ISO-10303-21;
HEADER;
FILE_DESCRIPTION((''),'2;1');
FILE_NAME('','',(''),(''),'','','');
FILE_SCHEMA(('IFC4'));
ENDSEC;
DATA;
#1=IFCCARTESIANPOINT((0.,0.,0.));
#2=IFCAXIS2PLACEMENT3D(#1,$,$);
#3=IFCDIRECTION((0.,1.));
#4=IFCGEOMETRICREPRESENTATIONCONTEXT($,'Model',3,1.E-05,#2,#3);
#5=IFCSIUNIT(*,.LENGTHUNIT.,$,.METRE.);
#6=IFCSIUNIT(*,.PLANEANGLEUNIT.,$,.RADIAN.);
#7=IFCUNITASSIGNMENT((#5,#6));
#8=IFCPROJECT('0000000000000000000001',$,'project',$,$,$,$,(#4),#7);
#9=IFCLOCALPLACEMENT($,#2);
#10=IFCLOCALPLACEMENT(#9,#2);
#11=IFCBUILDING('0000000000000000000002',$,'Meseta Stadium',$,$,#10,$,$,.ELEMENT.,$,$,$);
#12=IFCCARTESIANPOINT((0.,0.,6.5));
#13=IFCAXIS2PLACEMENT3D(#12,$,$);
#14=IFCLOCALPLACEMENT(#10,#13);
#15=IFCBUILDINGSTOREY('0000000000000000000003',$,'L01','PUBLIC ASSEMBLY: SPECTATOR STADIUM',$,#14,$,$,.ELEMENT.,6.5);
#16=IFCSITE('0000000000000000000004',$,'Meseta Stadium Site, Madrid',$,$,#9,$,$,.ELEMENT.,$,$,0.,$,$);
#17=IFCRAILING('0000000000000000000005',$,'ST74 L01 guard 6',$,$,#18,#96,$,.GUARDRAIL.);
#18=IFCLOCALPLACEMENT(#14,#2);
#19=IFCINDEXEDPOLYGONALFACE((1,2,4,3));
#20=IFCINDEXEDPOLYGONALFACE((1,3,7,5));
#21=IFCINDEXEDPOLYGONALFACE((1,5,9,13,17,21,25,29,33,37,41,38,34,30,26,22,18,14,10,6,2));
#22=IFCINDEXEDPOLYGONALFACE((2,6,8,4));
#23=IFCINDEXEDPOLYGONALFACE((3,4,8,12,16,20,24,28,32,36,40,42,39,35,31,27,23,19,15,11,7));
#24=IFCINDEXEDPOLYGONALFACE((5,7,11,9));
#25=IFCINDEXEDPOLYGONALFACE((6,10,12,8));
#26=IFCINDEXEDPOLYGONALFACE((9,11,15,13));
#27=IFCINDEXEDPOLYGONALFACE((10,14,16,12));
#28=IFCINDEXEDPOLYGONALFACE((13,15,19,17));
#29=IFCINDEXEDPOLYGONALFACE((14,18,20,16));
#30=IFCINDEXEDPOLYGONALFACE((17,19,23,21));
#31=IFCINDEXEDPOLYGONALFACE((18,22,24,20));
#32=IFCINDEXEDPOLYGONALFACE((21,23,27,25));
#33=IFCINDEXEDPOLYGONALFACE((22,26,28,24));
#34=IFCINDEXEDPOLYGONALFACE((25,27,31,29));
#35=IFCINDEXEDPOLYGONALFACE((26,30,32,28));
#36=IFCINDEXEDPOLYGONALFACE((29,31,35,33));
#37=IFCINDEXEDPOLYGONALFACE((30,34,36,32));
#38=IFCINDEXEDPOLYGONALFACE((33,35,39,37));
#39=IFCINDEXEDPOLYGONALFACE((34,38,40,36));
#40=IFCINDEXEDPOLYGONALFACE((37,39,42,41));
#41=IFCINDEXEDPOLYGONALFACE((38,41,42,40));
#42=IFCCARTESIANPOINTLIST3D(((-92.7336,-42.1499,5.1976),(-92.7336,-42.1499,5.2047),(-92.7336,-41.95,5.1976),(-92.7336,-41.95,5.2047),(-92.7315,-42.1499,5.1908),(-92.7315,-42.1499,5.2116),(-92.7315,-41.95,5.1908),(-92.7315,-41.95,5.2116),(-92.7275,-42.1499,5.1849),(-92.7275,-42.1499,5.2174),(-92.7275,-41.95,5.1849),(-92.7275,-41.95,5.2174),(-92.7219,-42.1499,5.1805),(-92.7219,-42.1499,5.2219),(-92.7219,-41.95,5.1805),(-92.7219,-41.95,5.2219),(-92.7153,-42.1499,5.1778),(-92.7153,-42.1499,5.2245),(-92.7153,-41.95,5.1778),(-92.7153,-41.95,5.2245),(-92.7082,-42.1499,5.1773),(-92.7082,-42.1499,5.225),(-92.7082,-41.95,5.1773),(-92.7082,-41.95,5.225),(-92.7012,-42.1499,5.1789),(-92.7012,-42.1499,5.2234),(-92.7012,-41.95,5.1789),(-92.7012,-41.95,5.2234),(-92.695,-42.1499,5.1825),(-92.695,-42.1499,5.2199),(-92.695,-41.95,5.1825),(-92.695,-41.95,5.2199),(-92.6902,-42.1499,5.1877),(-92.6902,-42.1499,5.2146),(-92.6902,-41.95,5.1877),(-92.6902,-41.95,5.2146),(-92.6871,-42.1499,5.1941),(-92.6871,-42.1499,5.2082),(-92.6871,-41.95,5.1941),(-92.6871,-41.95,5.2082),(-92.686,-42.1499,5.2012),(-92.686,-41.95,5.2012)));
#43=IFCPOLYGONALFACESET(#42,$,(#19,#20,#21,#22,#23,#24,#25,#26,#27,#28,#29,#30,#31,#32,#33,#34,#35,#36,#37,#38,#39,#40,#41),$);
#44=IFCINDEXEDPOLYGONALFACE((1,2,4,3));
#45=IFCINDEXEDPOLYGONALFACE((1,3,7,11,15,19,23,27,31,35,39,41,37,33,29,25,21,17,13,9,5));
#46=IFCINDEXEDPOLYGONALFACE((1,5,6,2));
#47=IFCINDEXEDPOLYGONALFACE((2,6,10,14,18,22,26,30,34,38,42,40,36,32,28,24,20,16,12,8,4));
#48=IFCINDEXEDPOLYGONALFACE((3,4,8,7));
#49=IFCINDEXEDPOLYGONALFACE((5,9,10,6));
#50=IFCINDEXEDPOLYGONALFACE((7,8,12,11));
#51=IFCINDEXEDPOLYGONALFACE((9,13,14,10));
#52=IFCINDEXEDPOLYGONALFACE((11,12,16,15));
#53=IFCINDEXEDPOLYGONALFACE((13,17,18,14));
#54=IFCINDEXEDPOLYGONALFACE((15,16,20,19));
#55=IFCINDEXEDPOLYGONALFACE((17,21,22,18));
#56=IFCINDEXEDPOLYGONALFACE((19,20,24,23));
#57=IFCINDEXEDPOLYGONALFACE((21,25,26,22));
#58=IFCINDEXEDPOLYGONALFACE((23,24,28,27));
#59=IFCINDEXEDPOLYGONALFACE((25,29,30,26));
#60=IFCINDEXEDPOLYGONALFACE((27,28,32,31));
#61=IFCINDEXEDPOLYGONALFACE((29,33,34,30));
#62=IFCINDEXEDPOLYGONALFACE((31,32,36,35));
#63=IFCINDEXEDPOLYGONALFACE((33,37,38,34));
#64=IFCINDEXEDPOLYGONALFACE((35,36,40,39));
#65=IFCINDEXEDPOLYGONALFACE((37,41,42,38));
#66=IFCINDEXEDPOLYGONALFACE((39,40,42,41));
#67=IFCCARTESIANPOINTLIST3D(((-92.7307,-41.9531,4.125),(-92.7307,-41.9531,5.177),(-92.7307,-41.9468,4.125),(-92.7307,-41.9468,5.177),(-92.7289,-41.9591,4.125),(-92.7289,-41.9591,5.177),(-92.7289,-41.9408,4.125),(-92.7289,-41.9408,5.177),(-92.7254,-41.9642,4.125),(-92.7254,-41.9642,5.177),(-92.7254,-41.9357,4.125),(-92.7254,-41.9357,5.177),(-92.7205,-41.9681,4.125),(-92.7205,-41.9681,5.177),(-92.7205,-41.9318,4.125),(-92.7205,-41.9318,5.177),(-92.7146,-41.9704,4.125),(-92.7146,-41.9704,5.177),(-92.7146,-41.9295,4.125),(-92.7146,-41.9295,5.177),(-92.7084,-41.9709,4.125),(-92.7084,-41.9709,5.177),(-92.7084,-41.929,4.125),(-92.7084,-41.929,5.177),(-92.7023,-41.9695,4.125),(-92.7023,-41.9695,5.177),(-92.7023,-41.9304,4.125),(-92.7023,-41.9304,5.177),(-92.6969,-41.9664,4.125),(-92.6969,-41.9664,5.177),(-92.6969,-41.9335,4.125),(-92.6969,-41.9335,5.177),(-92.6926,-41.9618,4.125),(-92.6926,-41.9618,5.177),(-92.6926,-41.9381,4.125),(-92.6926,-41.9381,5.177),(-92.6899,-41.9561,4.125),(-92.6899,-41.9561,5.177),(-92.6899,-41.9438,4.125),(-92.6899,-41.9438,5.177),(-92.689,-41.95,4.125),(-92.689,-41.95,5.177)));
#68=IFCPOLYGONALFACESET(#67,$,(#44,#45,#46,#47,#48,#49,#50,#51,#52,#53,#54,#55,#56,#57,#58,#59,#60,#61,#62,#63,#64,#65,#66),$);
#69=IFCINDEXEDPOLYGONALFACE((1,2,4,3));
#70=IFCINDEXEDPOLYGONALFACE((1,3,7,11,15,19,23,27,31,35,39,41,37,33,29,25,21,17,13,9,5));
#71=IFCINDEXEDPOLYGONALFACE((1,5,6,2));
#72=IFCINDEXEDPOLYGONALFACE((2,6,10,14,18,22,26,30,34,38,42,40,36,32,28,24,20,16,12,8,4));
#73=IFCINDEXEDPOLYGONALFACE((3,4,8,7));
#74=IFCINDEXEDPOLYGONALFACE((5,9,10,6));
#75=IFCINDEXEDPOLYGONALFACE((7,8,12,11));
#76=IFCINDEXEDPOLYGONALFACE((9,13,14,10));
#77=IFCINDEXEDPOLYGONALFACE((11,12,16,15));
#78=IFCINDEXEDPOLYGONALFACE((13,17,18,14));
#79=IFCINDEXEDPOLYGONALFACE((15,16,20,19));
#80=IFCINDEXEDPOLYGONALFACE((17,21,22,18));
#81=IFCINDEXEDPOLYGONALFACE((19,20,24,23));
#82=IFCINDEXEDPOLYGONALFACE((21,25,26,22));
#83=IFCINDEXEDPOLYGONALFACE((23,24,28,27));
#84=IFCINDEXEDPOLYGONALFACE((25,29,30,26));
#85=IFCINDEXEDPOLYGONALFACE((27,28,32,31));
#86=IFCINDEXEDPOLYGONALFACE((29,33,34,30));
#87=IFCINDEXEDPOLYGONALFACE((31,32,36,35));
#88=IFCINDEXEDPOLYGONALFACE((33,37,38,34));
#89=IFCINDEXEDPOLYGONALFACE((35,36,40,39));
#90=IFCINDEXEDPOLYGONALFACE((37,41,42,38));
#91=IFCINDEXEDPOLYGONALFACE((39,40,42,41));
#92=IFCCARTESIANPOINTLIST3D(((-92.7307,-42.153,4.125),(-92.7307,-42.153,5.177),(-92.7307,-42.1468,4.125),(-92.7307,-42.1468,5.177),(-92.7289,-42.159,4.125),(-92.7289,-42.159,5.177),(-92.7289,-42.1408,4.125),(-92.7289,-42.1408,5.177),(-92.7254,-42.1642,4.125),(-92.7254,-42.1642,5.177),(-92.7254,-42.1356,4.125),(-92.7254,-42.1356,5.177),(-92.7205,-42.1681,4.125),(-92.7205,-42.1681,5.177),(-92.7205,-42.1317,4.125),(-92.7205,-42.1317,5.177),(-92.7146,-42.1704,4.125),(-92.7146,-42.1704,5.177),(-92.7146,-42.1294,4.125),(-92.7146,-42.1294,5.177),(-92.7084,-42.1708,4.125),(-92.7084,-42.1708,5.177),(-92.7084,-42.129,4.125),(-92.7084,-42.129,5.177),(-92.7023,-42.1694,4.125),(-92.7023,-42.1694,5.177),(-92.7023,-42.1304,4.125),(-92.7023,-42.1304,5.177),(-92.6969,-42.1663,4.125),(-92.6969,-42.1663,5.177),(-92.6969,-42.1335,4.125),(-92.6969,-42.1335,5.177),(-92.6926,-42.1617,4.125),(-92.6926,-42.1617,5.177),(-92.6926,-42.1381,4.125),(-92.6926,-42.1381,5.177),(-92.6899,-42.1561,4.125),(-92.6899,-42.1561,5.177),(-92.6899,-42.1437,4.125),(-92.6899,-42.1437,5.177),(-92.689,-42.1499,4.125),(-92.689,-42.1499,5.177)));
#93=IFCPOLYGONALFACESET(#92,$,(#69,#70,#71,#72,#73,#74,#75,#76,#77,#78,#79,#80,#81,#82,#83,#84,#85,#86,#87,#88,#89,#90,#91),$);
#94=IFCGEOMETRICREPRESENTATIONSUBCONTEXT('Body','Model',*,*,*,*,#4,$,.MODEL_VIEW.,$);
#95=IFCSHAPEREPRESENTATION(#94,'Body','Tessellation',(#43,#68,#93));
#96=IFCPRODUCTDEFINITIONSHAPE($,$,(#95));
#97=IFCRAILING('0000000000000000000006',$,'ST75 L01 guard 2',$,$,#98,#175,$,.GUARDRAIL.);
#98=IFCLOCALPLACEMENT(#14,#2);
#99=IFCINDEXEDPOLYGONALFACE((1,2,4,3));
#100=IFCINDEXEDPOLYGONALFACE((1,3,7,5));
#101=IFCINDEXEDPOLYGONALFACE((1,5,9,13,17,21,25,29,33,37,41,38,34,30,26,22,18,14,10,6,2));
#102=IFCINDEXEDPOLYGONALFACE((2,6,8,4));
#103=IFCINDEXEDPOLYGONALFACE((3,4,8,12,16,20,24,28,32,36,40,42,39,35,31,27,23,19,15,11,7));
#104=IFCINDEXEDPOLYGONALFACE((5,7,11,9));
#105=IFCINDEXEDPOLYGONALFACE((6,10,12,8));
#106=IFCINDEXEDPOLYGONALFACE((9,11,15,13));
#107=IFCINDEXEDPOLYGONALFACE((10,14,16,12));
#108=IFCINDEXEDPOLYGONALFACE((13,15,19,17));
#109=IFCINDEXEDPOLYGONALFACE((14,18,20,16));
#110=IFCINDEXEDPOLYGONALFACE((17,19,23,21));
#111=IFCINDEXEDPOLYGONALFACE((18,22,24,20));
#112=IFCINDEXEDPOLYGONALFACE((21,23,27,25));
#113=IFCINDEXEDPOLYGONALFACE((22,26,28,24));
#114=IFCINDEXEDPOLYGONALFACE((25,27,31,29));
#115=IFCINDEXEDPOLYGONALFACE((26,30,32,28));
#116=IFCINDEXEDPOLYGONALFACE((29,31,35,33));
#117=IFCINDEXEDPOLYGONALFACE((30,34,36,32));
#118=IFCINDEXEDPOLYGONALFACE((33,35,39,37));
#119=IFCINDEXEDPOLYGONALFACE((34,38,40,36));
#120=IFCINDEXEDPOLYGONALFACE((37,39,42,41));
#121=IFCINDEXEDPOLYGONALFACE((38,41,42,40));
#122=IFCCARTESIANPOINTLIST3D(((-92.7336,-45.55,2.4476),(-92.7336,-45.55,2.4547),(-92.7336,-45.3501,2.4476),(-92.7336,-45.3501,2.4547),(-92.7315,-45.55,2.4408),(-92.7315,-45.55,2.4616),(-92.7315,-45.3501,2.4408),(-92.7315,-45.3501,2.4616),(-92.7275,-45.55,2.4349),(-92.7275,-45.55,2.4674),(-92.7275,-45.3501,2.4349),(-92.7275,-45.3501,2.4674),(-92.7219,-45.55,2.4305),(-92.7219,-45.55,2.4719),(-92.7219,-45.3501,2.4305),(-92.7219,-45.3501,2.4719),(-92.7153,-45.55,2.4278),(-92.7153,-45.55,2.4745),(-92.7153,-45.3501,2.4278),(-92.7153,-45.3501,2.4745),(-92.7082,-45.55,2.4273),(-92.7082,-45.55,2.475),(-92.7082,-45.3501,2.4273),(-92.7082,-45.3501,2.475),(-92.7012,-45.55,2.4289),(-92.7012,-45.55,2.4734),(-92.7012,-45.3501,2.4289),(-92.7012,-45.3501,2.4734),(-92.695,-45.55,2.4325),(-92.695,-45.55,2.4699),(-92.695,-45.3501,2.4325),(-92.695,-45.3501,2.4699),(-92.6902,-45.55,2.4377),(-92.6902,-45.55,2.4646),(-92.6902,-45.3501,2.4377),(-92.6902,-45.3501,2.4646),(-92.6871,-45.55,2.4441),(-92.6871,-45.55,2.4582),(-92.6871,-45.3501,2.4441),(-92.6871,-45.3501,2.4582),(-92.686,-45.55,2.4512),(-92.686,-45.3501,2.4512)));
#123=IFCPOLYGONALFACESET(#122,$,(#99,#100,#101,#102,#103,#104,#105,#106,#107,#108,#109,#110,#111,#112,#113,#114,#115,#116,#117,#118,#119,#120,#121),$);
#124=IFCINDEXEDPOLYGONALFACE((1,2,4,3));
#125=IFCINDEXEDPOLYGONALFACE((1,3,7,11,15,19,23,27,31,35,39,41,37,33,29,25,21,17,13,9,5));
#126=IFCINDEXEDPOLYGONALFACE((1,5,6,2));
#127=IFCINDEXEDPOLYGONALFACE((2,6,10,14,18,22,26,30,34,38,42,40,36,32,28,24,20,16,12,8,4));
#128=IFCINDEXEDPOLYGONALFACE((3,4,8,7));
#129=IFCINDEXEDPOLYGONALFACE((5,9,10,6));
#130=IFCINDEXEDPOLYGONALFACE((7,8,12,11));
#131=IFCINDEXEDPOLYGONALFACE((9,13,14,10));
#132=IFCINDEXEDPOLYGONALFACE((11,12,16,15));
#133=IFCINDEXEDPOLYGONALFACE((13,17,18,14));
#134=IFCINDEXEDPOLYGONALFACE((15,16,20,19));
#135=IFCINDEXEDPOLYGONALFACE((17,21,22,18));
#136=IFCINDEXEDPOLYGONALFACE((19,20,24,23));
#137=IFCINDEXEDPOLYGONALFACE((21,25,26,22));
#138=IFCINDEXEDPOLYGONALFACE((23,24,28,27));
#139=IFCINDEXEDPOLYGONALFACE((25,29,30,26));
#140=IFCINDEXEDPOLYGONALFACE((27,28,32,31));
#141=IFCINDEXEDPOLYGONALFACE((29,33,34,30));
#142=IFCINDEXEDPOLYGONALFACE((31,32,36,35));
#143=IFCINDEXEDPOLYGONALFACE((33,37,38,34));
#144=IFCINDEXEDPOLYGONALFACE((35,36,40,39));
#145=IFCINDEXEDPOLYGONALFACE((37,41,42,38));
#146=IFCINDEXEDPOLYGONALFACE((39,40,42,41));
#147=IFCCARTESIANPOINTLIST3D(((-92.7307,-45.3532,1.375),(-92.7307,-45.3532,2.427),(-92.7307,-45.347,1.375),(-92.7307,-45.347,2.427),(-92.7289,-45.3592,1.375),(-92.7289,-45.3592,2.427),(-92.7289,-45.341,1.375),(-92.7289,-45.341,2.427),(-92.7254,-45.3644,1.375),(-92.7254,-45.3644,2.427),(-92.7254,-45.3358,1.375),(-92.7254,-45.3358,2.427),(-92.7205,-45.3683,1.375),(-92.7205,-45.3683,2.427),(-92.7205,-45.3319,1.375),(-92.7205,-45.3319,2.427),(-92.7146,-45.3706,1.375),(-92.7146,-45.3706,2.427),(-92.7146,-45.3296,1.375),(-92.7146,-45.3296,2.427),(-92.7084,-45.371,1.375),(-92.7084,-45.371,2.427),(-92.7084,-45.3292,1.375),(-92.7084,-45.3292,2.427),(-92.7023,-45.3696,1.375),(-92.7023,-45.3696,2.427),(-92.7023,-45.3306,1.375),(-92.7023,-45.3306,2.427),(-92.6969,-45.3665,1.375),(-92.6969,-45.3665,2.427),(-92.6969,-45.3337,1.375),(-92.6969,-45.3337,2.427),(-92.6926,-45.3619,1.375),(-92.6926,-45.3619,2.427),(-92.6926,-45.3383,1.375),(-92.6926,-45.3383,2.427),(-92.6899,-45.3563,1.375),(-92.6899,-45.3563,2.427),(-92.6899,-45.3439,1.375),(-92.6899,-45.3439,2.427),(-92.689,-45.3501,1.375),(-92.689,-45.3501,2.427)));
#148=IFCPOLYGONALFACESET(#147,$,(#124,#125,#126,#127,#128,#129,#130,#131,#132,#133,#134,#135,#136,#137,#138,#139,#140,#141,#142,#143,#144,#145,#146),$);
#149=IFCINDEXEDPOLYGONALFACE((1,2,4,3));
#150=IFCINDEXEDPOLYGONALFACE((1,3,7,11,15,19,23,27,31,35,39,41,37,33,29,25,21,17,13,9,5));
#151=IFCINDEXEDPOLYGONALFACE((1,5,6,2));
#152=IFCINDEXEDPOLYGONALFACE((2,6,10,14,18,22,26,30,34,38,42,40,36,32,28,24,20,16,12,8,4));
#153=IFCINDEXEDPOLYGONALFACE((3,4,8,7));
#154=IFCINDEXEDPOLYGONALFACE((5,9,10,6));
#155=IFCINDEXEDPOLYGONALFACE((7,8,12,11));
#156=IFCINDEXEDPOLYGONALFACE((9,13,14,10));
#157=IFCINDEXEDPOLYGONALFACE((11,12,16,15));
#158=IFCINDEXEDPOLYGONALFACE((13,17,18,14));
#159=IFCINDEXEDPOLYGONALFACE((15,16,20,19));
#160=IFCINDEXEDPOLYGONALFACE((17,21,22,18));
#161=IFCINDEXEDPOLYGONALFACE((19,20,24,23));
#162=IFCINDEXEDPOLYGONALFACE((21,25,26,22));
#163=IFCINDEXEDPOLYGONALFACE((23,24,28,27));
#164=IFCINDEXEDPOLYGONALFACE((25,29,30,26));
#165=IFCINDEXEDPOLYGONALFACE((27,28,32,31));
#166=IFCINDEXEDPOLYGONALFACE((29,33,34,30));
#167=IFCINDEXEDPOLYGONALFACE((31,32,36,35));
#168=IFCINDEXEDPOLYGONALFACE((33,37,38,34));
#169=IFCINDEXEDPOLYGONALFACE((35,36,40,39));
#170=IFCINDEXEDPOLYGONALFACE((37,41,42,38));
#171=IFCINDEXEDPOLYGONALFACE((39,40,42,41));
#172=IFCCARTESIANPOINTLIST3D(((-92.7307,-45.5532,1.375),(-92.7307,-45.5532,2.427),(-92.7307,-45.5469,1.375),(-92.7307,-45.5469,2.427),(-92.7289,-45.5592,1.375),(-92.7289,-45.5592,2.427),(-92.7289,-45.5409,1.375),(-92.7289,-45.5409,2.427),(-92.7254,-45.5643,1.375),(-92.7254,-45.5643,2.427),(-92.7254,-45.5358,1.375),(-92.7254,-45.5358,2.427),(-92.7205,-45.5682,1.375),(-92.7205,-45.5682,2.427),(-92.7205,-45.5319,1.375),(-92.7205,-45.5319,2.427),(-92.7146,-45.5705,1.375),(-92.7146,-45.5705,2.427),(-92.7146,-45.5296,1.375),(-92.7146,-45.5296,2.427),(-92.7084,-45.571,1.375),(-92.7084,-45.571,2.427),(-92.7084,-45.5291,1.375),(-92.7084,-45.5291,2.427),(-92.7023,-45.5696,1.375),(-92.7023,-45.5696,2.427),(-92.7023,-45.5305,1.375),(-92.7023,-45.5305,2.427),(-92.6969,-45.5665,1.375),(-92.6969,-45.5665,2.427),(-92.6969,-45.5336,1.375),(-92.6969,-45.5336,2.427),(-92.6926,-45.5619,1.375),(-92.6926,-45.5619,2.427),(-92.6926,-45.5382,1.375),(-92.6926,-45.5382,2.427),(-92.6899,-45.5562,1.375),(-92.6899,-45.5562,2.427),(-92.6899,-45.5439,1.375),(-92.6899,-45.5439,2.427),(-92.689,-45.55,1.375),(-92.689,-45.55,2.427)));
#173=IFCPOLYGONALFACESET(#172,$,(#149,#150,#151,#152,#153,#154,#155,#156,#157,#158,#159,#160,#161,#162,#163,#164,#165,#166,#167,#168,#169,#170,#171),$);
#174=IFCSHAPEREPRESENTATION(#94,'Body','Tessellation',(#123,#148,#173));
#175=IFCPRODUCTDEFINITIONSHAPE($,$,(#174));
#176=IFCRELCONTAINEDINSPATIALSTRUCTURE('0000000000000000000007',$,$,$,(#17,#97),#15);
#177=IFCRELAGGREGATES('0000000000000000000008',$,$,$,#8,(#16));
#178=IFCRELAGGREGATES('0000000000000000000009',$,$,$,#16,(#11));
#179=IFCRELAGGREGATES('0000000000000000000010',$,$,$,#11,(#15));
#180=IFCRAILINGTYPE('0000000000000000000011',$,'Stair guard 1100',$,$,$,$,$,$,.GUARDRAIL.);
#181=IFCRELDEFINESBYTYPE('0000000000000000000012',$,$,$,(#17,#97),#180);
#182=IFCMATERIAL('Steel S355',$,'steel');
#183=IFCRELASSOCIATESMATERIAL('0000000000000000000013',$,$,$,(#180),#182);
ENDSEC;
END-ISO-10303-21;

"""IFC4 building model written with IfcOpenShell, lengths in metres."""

from ifc_helpers import new_model, si_unit, direction, frame, origin, origin_2d, place, context, subcontext, project, spatial, circle, extrude, material, type_object, element, save


model = new_model("IFC4")

# Units and contexts
model_context = context("Model", 3, precision=1e-05, world=origin(), true_north=direction((0.0, 1.0)))
body_context = subcontext(model_context, "Body", "Model", "MODEL_VIEW")
ifc_project = project(units=[si_unit("LENGTHUNIT", "METRE"), si_unit("PLANEANGLEUNIT", "RADIAN")], contexts=[model_context])

# Site, building, storey
site_placement = place(None, origin())
site = spatial("IfcSite", under=ifc_project, at=site_placement, Name="Meseta Stadium Site, Madrid", CompositionType="ELEMENT", RefElevation=0.0)
building_placement = place(site_placement, origin())
building = spatial("IfcBuilding", under=site, at=building_placement, Name="Meseta Stadium", CompositionType="ELEMENT")
storey_placement = place(building_placement, frame((0.0, 0.0, 6.5)))
storey = spatial("IfcBuildingStorey", under=building, at=storey_placement, Name="L01", Description="PUBLIC ASSEMBLY: SPECTATOR STADIUM", CompositionType="ELEMENT", Elevation=6.5)

# Railings
ifc_material_1 = material(Name="Steel S355", Category="steel")
railing_type_1 = type_object("IfcRailingType", Name="Stair guard 1100", PredefinedType="GUARDRAIL", material=ifc_material_1)
for number, where, name in (
    (1, (-92.71, -41.95, 4.125), "ST74 L01 guard 6"),
    (2, (-92.71, -45.3501, 1.375), "ST75 L01 guard 2"),
):
    element("IfcRailing", number, at=place(storey_placement, frame(where)), inside=storey, type_object=railing_type_1, Name=name, PredefinedType="GUARDRAIL", context=body_context, shape_type="SweptSolid", body=[
        extrude(circle(Radius=0.0239, at=origin_2d()), frame((0.0, 0.0, 1.0762), z_axis=(0.0, -1.0, 0.0), x_axis=(1.0, 0.0, 0.0)), (0.0, 0.0, 1.0), 0.2),
        extrude(circle(Radius=0.021, at=origin_2d()), origin(), (0.0, 0.0, 1.0), 1.052),
        extrude(circle(Radius=0.021, at=origin_2d()), frame((0.0, -0.2, 0.0)), (0.0, 0.0, 1.0), 1.052),
    ])

save(model, "model.ifc")
